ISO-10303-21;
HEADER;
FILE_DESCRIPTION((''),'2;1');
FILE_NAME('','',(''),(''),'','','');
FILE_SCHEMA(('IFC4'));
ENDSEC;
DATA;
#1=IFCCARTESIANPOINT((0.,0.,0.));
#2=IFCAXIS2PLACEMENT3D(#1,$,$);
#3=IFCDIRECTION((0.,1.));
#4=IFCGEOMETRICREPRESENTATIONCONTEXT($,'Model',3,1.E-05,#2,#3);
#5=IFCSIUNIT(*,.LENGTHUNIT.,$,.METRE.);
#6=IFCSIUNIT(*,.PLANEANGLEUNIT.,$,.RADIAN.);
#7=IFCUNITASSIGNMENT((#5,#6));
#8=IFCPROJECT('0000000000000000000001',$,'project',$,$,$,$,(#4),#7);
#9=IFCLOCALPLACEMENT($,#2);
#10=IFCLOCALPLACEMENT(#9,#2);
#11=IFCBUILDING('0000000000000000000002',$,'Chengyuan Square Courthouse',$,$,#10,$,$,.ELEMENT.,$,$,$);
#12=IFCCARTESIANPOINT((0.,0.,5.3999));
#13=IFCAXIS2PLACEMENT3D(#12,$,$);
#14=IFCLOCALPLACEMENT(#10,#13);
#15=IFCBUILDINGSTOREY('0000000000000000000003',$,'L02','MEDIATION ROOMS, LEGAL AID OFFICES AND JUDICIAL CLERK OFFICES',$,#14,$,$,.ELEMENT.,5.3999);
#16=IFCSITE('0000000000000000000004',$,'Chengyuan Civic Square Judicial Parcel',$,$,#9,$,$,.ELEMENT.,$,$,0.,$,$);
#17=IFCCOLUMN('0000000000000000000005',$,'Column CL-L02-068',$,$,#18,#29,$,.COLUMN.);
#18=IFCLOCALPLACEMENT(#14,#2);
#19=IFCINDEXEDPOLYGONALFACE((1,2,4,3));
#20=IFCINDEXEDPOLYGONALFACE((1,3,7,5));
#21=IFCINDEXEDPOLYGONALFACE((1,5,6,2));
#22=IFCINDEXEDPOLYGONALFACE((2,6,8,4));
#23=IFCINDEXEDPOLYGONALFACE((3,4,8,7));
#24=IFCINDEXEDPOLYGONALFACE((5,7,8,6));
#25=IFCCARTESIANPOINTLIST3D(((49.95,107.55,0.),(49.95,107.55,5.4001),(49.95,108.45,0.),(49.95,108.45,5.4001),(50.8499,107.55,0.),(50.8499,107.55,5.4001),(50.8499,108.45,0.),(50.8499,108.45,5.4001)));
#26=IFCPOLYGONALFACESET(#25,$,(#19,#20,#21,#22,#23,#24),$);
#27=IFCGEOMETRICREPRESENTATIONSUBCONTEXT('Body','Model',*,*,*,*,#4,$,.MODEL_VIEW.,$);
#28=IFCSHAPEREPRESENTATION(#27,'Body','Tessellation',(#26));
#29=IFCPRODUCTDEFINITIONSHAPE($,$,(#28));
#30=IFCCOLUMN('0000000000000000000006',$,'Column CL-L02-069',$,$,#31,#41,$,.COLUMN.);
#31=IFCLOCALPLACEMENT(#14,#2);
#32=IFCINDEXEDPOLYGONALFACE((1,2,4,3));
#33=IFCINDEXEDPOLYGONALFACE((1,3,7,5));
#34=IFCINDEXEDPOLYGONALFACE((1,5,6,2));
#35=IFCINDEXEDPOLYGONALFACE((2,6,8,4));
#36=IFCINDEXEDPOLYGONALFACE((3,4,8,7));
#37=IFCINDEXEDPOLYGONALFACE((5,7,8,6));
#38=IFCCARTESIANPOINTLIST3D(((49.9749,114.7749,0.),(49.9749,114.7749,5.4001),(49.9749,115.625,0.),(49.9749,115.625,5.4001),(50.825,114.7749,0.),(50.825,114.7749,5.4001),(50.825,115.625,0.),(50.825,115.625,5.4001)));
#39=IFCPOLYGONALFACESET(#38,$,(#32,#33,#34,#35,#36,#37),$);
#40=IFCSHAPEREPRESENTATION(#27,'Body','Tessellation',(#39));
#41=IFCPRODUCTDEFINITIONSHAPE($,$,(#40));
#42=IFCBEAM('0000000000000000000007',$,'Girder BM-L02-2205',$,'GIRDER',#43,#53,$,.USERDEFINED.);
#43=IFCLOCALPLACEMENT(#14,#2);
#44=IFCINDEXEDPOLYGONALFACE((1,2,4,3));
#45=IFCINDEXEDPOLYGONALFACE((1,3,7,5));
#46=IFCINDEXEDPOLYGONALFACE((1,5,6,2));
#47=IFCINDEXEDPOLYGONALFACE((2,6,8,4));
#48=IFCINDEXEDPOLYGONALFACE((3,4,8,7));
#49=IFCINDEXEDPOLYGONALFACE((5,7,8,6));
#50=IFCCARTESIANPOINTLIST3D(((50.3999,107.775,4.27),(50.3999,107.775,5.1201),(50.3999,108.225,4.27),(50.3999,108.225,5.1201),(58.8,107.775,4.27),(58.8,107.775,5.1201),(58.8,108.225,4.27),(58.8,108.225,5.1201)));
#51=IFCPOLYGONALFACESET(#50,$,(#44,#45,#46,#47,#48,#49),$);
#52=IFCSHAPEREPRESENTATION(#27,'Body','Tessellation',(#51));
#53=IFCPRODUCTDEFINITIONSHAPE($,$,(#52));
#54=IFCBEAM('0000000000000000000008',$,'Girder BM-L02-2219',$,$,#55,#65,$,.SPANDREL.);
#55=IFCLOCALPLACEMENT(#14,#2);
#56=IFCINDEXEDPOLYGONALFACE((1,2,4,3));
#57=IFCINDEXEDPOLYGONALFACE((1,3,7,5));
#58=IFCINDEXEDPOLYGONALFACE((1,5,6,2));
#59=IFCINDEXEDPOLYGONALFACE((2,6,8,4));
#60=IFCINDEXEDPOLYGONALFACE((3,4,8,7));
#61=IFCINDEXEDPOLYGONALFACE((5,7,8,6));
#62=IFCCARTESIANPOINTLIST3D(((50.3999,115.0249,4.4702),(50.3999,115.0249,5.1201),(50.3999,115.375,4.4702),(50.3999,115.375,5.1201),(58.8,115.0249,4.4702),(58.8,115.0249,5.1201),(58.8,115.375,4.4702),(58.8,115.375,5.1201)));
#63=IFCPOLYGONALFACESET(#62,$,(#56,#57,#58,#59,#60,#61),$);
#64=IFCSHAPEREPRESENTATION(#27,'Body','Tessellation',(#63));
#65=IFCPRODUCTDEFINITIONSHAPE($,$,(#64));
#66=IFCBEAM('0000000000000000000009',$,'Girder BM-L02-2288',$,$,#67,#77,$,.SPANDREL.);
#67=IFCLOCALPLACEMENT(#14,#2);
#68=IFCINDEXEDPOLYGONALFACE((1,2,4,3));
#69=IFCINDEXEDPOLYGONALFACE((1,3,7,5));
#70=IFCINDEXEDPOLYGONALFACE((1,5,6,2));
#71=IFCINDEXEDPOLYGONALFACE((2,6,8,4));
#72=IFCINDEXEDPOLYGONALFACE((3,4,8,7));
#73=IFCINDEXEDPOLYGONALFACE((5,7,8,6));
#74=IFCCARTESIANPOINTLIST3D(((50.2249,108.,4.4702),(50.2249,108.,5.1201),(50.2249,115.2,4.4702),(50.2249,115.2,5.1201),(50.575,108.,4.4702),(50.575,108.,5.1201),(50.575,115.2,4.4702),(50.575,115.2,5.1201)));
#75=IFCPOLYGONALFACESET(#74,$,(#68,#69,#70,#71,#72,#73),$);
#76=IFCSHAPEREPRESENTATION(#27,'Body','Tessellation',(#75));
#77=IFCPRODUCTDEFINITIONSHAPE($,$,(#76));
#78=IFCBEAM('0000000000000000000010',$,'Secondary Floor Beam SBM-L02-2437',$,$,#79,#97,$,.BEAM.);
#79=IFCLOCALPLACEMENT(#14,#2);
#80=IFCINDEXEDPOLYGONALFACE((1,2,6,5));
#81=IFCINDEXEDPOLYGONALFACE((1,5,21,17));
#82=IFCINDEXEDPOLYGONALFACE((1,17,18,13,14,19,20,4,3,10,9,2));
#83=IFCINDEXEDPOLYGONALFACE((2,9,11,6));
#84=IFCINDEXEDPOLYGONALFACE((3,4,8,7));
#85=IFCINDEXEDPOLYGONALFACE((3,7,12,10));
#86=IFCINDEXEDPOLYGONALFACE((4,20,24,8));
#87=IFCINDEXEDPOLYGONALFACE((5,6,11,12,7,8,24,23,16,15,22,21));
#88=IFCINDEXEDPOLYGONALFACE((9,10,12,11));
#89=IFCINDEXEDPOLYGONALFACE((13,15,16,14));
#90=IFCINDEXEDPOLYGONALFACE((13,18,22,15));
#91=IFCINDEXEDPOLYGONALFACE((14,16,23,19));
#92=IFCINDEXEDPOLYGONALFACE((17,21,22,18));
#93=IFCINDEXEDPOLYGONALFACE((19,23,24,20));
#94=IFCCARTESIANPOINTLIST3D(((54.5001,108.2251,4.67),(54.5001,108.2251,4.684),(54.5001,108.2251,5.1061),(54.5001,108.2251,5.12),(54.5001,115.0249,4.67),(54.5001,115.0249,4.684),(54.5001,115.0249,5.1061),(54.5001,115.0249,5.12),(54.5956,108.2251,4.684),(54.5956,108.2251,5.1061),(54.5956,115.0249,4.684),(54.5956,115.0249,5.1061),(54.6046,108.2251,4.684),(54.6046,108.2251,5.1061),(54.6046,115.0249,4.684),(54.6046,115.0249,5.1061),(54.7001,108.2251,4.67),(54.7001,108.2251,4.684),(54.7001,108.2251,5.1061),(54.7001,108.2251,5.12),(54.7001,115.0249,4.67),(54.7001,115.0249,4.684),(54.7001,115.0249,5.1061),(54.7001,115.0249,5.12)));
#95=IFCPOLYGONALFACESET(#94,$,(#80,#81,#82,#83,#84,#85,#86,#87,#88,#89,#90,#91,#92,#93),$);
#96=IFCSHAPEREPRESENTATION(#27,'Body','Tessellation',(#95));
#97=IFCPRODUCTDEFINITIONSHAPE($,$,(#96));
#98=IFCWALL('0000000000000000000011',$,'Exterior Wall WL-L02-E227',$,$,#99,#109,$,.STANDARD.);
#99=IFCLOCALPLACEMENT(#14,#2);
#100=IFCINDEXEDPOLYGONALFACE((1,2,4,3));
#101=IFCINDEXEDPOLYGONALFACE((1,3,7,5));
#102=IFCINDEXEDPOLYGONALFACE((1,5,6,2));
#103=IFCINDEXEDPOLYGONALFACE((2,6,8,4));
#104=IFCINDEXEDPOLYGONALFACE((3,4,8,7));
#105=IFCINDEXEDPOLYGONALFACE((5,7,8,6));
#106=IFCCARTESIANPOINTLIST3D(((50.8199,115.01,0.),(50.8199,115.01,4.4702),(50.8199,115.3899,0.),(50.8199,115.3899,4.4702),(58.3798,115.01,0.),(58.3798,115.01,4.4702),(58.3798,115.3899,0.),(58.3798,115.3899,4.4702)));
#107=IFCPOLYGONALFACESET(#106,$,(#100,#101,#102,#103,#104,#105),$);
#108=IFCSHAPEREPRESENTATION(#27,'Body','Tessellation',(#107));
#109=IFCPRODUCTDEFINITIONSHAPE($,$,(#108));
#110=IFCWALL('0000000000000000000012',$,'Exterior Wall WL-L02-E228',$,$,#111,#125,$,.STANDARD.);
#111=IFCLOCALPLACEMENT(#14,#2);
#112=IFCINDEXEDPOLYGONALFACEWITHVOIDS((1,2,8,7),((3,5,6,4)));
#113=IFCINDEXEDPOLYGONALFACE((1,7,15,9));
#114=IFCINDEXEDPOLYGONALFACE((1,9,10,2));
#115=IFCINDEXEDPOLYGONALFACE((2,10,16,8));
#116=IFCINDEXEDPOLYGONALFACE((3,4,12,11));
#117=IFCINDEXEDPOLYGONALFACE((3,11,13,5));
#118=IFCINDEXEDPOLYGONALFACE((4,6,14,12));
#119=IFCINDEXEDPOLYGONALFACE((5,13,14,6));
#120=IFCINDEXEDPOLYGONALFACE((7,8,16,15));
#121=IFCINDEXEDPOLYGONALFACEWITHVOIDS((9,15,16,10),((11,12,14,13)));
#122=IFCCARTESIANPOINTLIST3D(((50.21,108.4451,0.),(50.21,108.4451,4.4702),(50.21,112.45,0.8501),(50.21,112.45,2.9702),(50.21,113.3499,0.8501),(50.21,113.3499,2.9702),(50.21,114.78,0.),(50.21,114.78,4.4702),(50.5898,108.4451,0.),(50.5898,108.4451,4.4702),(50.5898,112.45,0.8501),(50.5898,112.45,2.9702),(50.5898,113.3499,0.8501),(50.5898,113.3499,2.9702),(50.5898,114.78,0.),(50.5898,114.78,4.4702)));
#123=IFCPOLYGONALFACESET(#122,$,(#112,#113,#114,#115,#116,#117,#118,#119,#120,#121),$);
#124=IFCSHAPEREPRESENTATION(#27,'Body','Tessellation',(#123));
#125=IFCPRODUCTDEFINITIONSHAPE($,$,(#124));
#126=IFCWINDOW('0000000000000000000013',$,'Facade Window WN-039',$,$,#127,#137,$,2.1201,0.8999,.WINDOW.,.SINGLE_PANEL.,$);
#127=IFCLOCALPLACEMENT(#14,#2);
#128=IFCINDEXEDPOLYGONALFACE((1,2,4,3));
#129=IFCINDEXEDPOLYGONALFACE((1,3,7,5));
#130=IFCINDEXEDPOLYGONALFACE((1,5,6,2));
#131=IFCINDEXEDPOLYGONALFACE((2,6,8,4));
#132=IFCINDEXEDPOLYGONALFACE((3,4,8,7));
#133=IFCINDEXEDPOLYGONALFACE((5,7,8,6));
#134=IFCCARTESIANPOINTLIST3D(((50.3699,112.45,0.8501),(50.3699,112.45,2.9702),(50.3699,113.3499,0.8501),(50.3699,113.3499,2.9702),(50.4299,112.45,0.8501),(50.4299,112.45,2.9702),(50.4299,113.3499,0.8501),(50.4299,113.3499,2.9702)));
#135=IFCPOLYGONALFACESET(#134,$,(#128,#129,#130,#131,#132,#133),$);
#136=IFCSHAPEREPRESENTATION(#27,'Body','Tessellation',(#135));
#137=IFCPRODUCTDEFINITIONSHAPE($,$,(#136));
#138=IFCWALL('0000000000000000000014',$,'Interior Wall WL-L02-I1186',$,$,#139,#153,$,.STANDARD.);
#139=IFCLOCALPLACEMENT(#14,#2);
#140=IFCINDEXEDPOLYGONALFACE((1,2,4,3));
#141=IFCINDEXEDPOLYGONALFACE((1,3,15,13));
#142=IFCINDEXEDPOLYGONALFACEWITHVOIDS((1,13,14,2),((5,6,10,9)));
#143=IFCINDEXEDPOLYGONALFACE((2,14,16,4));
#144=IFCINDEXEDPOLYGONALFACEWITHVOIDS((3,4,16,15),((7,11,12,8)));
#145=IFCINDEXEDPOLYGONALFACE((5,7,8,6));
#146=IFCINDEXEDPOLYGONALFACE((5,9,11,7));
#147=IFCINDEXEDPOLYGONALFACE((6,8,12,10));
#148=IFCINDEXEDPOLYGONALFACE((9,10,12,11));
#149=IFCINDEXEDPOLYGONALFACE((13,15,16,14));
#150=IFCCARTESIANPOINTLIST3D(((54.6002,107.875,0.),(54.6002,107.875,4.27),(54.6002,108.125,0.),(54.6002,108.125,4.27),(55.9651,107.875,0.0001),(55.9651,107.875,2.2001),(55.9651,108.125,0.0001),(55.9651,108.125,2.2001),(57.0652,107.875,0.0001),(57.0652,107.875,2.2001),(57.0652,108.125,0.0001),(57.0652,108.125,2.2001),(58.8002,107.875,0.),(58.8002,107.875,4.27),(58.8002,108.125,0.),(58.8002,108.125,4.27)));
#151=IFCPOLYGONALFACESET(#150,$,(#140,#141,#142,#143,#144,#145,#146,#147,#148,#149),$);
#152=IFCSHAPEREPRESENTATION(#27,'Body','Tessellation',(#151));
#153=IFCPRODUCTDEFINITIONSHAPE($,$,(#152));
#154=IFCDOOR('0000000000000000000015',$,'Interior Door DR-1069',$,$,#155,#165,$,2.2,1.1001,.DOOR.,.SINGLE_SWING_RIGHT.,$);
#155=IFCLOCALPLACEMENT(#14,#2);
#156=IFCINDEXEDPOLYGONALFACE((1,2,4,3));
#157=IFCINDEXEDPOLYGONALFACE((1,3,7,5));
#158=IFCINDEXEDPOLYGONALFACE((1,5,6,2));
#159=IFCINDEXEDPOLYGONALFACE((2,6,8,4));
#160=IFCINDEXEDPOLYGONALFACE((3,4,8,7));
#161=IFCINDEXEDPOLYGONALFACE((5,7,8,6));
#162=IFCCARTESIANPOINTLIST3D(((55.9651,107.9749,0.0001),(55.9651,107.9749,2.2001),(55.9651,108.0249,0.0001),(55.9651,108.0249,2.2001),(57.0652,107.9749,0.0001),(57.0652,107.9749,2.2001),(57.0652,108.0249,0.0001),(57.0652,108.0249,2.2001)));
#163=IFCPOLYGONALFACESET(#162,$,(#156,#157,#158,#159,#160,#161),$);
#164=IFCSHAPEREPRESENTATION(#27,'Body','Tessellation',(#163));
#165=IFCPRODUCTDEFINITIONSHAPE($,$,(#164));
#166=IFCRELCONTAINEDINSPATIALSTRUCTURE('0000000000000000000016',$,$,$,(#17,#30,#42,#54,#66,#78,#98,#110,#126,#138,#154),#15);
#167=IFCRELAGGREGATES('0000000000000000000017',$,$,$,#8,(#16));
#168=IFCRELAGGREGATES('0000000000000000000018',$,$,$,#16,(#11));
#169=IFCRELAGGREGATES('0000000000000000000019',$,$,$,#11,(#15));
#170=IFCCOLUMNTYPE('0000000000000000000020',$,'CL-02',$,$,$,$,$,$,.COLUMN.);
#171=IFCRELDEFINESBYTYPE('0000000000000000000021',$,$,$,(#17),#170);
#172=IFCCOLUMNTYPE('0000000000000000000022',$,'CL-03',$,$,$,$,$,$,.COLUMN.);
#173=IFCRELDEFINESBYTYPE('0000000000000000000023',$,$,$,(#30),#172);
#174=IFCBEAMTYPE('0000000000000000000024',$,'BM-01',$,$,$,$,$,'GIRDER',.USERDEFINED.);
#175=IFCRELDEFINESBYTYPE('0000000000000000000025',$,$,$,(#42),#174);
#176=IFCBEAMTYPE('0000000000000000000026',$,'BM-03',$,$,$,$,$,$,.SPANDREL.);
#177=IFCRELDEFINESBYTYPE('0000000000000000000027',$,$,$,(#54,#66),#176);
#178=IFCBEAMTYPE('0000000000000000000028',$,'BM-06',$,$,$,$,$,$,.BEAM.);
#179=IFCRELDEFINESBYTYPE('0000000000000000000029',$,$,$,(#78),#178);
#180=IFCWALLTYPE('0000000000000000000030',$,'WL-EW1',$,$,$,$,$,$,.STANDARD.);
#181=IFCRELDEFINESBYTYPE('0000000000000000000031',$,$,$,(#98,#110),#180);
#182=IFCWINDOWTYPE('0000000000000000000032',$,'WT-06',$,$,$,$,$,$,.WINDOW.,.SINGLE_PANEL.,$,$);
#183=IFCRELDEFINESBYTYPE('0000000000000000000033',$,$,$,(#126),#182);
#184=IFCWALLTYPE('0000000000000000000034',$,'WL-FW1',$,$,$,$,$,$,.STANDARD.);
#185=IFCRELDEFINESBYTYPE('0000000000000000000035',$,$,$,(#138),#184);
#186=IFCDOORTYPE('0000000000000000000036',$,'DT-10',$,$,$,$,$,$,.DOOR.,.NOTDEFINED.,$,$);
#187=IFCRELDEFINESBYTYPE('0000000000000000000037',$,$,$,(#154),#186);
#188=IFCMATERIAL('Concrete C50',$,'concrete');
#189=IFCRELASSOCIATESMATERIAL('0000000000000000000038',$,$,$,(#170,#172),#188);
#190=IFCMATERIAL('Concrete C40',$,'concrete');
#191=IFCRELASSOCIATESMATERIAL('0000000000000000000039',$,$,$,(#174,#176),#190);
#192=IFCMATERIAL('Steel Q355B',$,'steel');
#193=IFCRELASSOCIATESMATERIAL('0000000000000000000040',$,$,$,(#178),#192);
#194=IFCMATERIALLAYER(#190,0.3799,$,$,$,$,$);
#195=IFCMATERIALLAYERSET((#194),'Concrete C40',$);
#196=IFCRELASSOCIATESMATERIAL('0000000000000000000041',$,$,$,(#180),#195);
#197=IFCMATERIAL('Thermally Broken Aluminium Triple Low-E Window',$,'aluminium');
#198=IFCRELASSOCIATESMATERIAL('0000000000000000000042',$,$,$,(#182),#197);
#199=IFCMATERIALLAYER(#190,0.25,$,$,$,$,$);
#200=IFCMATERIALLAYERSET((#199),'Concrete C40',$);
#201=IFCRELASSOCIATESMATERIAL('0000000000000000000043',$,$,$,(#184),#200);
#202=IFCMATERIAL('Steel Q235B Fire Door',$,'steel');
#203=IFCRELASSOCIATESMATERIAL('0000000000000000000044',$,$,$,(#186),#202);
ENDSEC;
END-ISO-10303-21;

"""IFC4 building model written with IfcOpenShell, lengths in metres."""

from ifc_helpers import new_model, si_unit, direction, frame, frame_2d, origin, origin_2d, place, context, subcontext, project, spatial, rectangle, i_section, extrude, material, layer, layer_set, material_profile, profile_set, type_object, element, fill, save


model = new_model("IFC4")

# Units and contexts
model_context = context("Model", 3, precision=1e-05, world=origin(), true_north=direction((0.0, 1.0)))
body_context = subcontext(model_context, "Body", "Model", "MODEL_VIEW")
ifc_project = project(units=[si_unit("LENGTHUNIT", "METRE"), si_unit("PLANEANGLEUNIT", "RADIAN")], contexts=[model_context])

# Site, building, storey
site_placement = place(None, origin())
site = spatial("IfcSite", under=ifc_project, at=site_placement, Name="Chengyuan Civic Square Judicial Parcel", CompositionType="ELEMENT", RefElevation=0.0)
building_placement = place(site_placement, origin())
building = spatial("IfcBuilding", under=site, at=building_placement, Name="Chengyuan Square Courthouse", CompositionType="ELEMENT")
storey_placement = place(building_placement, frame((0.0, 0.0, 5.3999)))
storey = spatial("IfcBuildingStorey", under=building, at=storey_placement, Name="L02", Description="MEDIATION ROOMS, LEGAL AID OFFICES AND JUDICIAL CLERK OFFICES", CompositionType="ELEMENT", Elevation=5.3999)

# Columns
ifc_material_1 = material(Name="Concrete C50", Category="concrete")
ifc_material_profile_1 = material_profile(ifc_material_1, rectangle(XDim=0.8999, YDim=0.8999, at=origin_2d()), Name="RC-COL-900x900")
ifc_profile_set_1 = profile_set([ifc_material_profile_1], Name="Concrete C50")
column_type_1 = type_object("IfcColumnType", Name="CL-02", PredefinedType="COLUMN", material=ifc_profile_set_1)
column_1_placement = place(storey_placement, frame((50.3999, 108.0, 0.0), z_axis=(0.0, 0.0, 1.0), x_axis=(1.0, 0.0, 0.0)))
element("IfcColumn", 1, at=column_1_placement, inside=storey, type_object=column_type_1, Name="Column CL-L02-068", PredefinedType="COLUMN", context=body_context, shape_type="SweptSolid", body=[
    extrude(rectangle(XDim=0.8999, YDim=0.8999, at=origin_2d()), origin(), (0.0, 0.0, 1.0), 5.4001),
])
ifc_material_profile_2 = material_profile(ifc_material_1, rectangle(XDim=0.8501, YDim=0.8501, at=origin_2d()), Name="RC-COL-850x850")
ifc_profile_set_2 = profile_set([ifc_material_profile_2], Name="Concrete C50")
column_type_2 = type_object("IfcColumnType", Name="CL-03", PredefinedType="COLUMN", material=ifc_profile_set_2)
column_2_placement = place(storey_placement, frame((50.3999, 115.2, 0.0), z_axis=(0.0, 0.0, 1.0), x_axis=(1.0, 0.0, 0.0)))
element("IfcColumn", 2, at=column_2_placement, inside=storey, type_object=column_type_2, Name="Column CL-L02-069", PredefinedType="COLUMN", context=body_context, shape_type="SweptSolid", body=[
    extrude(rectangle(XDim=0.8501, YDim=0.8501, at=origin_2d()), origin(), (0.0, 0.0, 1.0), 5.4001),
])

# Beams
ifc_material_2 = material(Name="Concrete C40", Category="concrete")
ifc_material_profile_3 = material_profile(ifc_material_2, rectangle(XDim=0.45, YDim=0.8501, at=origin_2d()), Name="RC-BM-450x850")
ifc_profile_set_3 = profile_set([ifc_material_profile_3], Name="Concrete C40")
beam_type_1 = type_object("IfcBeamType", Name="BM-01", ElementType="GIRDER", PredefinedType="USERDEFINED", material=ifc_profile_set_3)
beam_1_placement = place(storey_placement, frame((50.3999, 108.0, 4.6951), z_axis=(1.0, 0.0, 0.0), x_axis=(0.0, 1.0, 0.0)))
element("IfcBeam", 3, at=beam_1_placement, inside=storey, type_object=beam_type_1, Name="Girder BM-L02-2205", ObjectType="GIRDER", PredefinedType="USERDEFINED", context=body_context, shape_type="SweptSolid", body=[
    extrude(rectangle(XDim=0.45, YDim=0.8501, at=origin_2d()), origin(), (0.0, 0.0, 1.0), 8.4001),
])
ifc_material_profile_4 = material_profile(ifc_material_2, rectangle(XDim=0.3501, YDim=0.6499, at=origin_2d()), Name="RC-BM-350x650")
ifc_profile_set_4 = profile_set([ifc_material_profile_4], Name="Concrete C40")
beam_type_2 = type_object("IfcBeamType", Name="BM-03", PredefinedType="SPANDREL", material=ifc_profile_set_4)
beam_2_placement = place(storey_placement, frame((50.3999, 115.2, 4.7952), z_axis=(1.0, 0.0, 0.0), x_axis=(0.0, 1.0, 0.0)))
element("IfcBeam", 4, at=beam_2_placement, inside=storey, type_object=beam_type_2, Name="Girder BM-L02-2219", PredefinedType="SPANDREL", context=body_context, shape_type="SweptSolid", body=[
    extrude(rectangle(XDim=0.3501, YDim=0.6499, at=origin_2d()), origin(), (0.0, 0.0, 1.0), 8.4001),
])
beam_3_placement = place(storey_placement, frame((50.3999, 108.0, 4.7952), z_axis=(0.0, 1.0, 0.0), x_axis=(-1.0, 0.0, 0.0)))
element("IfcBeam", 5, at=beam_3_placement, inside=storey, type_object=beam_type_2, Name="Girder BM-L02-2288", PredefinedType="SPANDREL", context=body_context, shape_type="SweptSolid", body=[
    extrude(rectangle(XDim=0.3501, YDim=0.6499, at=origin_2d()), origin(), (0.0, 0.0, 1.0), 7.2),
])
ifc_material_3 = material(Name="Steel Q355B", Category="steel")
ifc_material_profile_5 = material_profile(ifc_material_3, i_section(OverallWidth=0.2, OverallDepth=0.45, WebThickness=0.009, FlangeThickness=0.0139, at=origin_2d()), Name="HN 450x200x9x14")
ifc_profile_set_5 = profile_set([ifc_material_profile_5], Name="Steel Q355B")
beam_type_3 = type_object("IfcBeamType", Name="BM-06", PredefinedType="BEAM", material=ifc_profile_set_5)
beam_4_placement = place(storey_placement, frame((54.6001, 108.2251, 4.895), z_axis=(0.0, 1.0, 0.0), x_axis=(-1.0, 0.0, 0.0)))
element("IfcBeam", 6, at=beam_4_placement, inside=storey, type_object=beam_type_3, Name="Secondary Floor Beam SBM-L02-2437", PredefinedType="BEAM", context=body_context, shape_type="SweptSolid", body=[
    extrude(i_section(OverallWidth=0.2, OverallDepth=0.45, WebThickness=0.009, FlangeThickness=0.0139, at=origin_2d()), origin(), (0.0, 0.0, 1.0), 6.7998),
])

# Wall
ifc_layer_1 = layer(ifc_material_2, 0.3799)
ifc_layer_set_1 = layer_set([ifc_layer_1], Name="Concrete C40")
wall_type_1 = type_object("IfcWallType", Name="WL-EW1", PredefinedType="STANDARD", material=ifc_layer_set_1)
wall_1_placement = place(storey_placement, frame((50.8201, 115.2, 0.0), z_axis=(0.0, 0.0, 1.0), x_axis=(1.0, 0.0, 0.0)))
element("IfcWall", 7, at=wall_1_placement, inside=storey, type_object=wall_type_1, Name="Exterior Wall WL-L02-E227", PredefinedType="STANDARD", context=body_context, shape_type="SweptSolid", body=[
    extrude(rectangle(XDim=7.5598, YDim=0.3799, at=frame_2d((3.7798, 0.0))), origin(), (0.0, 0.0, 1.0), 4.4702),
])

# Wall, opening, window
wall_2_placement = place(storey_placement, frame((50.3999, 108.4451, 0.0), z_axis=(0.0, 0.0, 1.0), x_axis=(0.0, 1.0, 0.0)))
wall_2 = element("IfcWall", 8, at=wall_2_placement, inside=storey, type_object=wall_type_1, Name="Exterior Wall WL-L02-E228", PredefinedType="STANDARD", context=body_context, shape_type="SweptSolid", body=[
    extrude(rectangle(XDim=6.335, YDim=0.3799, at=frame_2d((3.1675, 0.0))), origin(), (0.0, 0.0, 1.0), 4.4702),
])
opening_1_placement = place(wall_2_placement, frame((4.0049, 0.0, 0.8501)))
opening_1 = element("IfcOpeningElement", 9, at=opening_1_placement, cuts=wall_2, PredefinedType="OPENING", context=body_context, shape_type="SweptSolid", body=[
    extrude(rectangle(XDim=0.8999, YDim=2.1201, at=frame_2d((0.45, 1.0601))), frame((0.0, 0.2019, 0.0), z_axis=(0.0, -1.0, 0.0), x_axis=(1.0, 0.0, 0.0)), (0.0, 0.0, 1.0), 0.4038),
])
ifc_material_4 = material(Name="Thermally Broken Aluminium Triple Low-E Window", Category="aluminium")
window_type = type_object("IfcWindowType", Name="WT-06", PartitioningType="SINGLE_PANEL", PredefinedType="WINDOW", material=ifc_material_4)
window_placement = place(opening_1_placement, origin())
window = element("IfcWindow", 10, at=window_placement, inside=storey, type_object=window_type, Name="Facade Window WN-039", OverallHeight=2.1201, OverallWidth=0.8999, PartitioningType="SINGLE_PANEL", PredefinedType="WINDOW", context=body_context, shape_type="SweptSolid", body=[
    extrude(rectangle(XDim=0.8999, YDim=2.1201, at=frame_2d((0.45, 1.0601))), frame((0.0, 0.03, 0.0), z_axis=(0.0, -1.0, 0.0), x_axis=(1.0, 0.0, 0.0)), (0.0, 0.0, 1.0), 0.0601),
])
fill(opening_1, window)

# Wall, opening, door
ifc_layer_2 = layer(ifc_material_2, 0.25)
ifc_layer_set_2 = layer_set([ifc_layer_2], Name="Concrete C40")
wall_type_2 = type_object("IfcWallType", Name="WL-FW1", PredefinedType="STANDARD", material=ifc_layer_set_2)
wall_3_placement = place(storey_placement, frame((54.6001, 108.0, 0.0), z_axis=(0.0, 0.0, 1.0), x_axis=(1.0, 0.0, 0.0)))
wall_3 = element("IfcWall", 11, at=wall_3_placement, inside=storey, type_object=wall_type_2, Name="Interior Wall WL-L02-I1186", PredefinedType="STANDARD", context=body_context, shape_type="SweptSolid", body=[
    extrude(rectangle(XDim=4.2, YDim=0.25, at=frame_2d((2.1001, 0.0))), origin(), (0.0, 0.0, 1.0), 4.27),
])
opening_2_placement = place(wall_3_placement, frame((1.365, 0.0, 0.0)))
opening_2 = element("IfcOpeningElement", 12, at=opening_2_placement, cuts=wall_3, PredefinedType="OPENING", context=body_context, shape_type="SweptSolid", body=[
    extrude(rectangle(XDim=1.1001, YDim=2.2, at=frame_2d((0.55, 1.1001))), frame((0.0, 0.137, 0.0), z_axis=(0.0, -1.0, 0.0), x_axis=(1.0, 0.0, 0.0)), (0.0, 0.0, 1.0), 0.2739),
])
ifc_material_5 = material(Name="Steel Q235B Fire Door", Category="steel")
door_type_1 = type_object("IfcDoorType", Name="DT-10", OperationType="NOTDEFINED", PredefinedType="DOOR", material=ifc_material_5)
door_1_placement = place(opening_2_placement, origin())
door_1 = element("IfcDoor", 13, at=door_1_placement, inside=storey, type_object=door_type_1, Name="Interior Door DR-1069", OperationType="SINGLE_SWING_RIGHT", OverallHeight=2.2, OverallWidth=1.1001, PredefinedType="DOOR", context=body_context, shape_type="SweptSolid", body=[
    extrude(rectangle(XDim=1.1001, YDim=2.2, at=frame_2d((0.55, 1.1001))), frame((0.0, 0.0249, 0.0), z_axis=(0.0, -1.0, 0.0), x_axis=(1.0, 0.0, 0.0)), (0.0, 0.0, 1.0), 0.05),
])
fill(opening_2, door_1)

save(model, "model.ifc")
